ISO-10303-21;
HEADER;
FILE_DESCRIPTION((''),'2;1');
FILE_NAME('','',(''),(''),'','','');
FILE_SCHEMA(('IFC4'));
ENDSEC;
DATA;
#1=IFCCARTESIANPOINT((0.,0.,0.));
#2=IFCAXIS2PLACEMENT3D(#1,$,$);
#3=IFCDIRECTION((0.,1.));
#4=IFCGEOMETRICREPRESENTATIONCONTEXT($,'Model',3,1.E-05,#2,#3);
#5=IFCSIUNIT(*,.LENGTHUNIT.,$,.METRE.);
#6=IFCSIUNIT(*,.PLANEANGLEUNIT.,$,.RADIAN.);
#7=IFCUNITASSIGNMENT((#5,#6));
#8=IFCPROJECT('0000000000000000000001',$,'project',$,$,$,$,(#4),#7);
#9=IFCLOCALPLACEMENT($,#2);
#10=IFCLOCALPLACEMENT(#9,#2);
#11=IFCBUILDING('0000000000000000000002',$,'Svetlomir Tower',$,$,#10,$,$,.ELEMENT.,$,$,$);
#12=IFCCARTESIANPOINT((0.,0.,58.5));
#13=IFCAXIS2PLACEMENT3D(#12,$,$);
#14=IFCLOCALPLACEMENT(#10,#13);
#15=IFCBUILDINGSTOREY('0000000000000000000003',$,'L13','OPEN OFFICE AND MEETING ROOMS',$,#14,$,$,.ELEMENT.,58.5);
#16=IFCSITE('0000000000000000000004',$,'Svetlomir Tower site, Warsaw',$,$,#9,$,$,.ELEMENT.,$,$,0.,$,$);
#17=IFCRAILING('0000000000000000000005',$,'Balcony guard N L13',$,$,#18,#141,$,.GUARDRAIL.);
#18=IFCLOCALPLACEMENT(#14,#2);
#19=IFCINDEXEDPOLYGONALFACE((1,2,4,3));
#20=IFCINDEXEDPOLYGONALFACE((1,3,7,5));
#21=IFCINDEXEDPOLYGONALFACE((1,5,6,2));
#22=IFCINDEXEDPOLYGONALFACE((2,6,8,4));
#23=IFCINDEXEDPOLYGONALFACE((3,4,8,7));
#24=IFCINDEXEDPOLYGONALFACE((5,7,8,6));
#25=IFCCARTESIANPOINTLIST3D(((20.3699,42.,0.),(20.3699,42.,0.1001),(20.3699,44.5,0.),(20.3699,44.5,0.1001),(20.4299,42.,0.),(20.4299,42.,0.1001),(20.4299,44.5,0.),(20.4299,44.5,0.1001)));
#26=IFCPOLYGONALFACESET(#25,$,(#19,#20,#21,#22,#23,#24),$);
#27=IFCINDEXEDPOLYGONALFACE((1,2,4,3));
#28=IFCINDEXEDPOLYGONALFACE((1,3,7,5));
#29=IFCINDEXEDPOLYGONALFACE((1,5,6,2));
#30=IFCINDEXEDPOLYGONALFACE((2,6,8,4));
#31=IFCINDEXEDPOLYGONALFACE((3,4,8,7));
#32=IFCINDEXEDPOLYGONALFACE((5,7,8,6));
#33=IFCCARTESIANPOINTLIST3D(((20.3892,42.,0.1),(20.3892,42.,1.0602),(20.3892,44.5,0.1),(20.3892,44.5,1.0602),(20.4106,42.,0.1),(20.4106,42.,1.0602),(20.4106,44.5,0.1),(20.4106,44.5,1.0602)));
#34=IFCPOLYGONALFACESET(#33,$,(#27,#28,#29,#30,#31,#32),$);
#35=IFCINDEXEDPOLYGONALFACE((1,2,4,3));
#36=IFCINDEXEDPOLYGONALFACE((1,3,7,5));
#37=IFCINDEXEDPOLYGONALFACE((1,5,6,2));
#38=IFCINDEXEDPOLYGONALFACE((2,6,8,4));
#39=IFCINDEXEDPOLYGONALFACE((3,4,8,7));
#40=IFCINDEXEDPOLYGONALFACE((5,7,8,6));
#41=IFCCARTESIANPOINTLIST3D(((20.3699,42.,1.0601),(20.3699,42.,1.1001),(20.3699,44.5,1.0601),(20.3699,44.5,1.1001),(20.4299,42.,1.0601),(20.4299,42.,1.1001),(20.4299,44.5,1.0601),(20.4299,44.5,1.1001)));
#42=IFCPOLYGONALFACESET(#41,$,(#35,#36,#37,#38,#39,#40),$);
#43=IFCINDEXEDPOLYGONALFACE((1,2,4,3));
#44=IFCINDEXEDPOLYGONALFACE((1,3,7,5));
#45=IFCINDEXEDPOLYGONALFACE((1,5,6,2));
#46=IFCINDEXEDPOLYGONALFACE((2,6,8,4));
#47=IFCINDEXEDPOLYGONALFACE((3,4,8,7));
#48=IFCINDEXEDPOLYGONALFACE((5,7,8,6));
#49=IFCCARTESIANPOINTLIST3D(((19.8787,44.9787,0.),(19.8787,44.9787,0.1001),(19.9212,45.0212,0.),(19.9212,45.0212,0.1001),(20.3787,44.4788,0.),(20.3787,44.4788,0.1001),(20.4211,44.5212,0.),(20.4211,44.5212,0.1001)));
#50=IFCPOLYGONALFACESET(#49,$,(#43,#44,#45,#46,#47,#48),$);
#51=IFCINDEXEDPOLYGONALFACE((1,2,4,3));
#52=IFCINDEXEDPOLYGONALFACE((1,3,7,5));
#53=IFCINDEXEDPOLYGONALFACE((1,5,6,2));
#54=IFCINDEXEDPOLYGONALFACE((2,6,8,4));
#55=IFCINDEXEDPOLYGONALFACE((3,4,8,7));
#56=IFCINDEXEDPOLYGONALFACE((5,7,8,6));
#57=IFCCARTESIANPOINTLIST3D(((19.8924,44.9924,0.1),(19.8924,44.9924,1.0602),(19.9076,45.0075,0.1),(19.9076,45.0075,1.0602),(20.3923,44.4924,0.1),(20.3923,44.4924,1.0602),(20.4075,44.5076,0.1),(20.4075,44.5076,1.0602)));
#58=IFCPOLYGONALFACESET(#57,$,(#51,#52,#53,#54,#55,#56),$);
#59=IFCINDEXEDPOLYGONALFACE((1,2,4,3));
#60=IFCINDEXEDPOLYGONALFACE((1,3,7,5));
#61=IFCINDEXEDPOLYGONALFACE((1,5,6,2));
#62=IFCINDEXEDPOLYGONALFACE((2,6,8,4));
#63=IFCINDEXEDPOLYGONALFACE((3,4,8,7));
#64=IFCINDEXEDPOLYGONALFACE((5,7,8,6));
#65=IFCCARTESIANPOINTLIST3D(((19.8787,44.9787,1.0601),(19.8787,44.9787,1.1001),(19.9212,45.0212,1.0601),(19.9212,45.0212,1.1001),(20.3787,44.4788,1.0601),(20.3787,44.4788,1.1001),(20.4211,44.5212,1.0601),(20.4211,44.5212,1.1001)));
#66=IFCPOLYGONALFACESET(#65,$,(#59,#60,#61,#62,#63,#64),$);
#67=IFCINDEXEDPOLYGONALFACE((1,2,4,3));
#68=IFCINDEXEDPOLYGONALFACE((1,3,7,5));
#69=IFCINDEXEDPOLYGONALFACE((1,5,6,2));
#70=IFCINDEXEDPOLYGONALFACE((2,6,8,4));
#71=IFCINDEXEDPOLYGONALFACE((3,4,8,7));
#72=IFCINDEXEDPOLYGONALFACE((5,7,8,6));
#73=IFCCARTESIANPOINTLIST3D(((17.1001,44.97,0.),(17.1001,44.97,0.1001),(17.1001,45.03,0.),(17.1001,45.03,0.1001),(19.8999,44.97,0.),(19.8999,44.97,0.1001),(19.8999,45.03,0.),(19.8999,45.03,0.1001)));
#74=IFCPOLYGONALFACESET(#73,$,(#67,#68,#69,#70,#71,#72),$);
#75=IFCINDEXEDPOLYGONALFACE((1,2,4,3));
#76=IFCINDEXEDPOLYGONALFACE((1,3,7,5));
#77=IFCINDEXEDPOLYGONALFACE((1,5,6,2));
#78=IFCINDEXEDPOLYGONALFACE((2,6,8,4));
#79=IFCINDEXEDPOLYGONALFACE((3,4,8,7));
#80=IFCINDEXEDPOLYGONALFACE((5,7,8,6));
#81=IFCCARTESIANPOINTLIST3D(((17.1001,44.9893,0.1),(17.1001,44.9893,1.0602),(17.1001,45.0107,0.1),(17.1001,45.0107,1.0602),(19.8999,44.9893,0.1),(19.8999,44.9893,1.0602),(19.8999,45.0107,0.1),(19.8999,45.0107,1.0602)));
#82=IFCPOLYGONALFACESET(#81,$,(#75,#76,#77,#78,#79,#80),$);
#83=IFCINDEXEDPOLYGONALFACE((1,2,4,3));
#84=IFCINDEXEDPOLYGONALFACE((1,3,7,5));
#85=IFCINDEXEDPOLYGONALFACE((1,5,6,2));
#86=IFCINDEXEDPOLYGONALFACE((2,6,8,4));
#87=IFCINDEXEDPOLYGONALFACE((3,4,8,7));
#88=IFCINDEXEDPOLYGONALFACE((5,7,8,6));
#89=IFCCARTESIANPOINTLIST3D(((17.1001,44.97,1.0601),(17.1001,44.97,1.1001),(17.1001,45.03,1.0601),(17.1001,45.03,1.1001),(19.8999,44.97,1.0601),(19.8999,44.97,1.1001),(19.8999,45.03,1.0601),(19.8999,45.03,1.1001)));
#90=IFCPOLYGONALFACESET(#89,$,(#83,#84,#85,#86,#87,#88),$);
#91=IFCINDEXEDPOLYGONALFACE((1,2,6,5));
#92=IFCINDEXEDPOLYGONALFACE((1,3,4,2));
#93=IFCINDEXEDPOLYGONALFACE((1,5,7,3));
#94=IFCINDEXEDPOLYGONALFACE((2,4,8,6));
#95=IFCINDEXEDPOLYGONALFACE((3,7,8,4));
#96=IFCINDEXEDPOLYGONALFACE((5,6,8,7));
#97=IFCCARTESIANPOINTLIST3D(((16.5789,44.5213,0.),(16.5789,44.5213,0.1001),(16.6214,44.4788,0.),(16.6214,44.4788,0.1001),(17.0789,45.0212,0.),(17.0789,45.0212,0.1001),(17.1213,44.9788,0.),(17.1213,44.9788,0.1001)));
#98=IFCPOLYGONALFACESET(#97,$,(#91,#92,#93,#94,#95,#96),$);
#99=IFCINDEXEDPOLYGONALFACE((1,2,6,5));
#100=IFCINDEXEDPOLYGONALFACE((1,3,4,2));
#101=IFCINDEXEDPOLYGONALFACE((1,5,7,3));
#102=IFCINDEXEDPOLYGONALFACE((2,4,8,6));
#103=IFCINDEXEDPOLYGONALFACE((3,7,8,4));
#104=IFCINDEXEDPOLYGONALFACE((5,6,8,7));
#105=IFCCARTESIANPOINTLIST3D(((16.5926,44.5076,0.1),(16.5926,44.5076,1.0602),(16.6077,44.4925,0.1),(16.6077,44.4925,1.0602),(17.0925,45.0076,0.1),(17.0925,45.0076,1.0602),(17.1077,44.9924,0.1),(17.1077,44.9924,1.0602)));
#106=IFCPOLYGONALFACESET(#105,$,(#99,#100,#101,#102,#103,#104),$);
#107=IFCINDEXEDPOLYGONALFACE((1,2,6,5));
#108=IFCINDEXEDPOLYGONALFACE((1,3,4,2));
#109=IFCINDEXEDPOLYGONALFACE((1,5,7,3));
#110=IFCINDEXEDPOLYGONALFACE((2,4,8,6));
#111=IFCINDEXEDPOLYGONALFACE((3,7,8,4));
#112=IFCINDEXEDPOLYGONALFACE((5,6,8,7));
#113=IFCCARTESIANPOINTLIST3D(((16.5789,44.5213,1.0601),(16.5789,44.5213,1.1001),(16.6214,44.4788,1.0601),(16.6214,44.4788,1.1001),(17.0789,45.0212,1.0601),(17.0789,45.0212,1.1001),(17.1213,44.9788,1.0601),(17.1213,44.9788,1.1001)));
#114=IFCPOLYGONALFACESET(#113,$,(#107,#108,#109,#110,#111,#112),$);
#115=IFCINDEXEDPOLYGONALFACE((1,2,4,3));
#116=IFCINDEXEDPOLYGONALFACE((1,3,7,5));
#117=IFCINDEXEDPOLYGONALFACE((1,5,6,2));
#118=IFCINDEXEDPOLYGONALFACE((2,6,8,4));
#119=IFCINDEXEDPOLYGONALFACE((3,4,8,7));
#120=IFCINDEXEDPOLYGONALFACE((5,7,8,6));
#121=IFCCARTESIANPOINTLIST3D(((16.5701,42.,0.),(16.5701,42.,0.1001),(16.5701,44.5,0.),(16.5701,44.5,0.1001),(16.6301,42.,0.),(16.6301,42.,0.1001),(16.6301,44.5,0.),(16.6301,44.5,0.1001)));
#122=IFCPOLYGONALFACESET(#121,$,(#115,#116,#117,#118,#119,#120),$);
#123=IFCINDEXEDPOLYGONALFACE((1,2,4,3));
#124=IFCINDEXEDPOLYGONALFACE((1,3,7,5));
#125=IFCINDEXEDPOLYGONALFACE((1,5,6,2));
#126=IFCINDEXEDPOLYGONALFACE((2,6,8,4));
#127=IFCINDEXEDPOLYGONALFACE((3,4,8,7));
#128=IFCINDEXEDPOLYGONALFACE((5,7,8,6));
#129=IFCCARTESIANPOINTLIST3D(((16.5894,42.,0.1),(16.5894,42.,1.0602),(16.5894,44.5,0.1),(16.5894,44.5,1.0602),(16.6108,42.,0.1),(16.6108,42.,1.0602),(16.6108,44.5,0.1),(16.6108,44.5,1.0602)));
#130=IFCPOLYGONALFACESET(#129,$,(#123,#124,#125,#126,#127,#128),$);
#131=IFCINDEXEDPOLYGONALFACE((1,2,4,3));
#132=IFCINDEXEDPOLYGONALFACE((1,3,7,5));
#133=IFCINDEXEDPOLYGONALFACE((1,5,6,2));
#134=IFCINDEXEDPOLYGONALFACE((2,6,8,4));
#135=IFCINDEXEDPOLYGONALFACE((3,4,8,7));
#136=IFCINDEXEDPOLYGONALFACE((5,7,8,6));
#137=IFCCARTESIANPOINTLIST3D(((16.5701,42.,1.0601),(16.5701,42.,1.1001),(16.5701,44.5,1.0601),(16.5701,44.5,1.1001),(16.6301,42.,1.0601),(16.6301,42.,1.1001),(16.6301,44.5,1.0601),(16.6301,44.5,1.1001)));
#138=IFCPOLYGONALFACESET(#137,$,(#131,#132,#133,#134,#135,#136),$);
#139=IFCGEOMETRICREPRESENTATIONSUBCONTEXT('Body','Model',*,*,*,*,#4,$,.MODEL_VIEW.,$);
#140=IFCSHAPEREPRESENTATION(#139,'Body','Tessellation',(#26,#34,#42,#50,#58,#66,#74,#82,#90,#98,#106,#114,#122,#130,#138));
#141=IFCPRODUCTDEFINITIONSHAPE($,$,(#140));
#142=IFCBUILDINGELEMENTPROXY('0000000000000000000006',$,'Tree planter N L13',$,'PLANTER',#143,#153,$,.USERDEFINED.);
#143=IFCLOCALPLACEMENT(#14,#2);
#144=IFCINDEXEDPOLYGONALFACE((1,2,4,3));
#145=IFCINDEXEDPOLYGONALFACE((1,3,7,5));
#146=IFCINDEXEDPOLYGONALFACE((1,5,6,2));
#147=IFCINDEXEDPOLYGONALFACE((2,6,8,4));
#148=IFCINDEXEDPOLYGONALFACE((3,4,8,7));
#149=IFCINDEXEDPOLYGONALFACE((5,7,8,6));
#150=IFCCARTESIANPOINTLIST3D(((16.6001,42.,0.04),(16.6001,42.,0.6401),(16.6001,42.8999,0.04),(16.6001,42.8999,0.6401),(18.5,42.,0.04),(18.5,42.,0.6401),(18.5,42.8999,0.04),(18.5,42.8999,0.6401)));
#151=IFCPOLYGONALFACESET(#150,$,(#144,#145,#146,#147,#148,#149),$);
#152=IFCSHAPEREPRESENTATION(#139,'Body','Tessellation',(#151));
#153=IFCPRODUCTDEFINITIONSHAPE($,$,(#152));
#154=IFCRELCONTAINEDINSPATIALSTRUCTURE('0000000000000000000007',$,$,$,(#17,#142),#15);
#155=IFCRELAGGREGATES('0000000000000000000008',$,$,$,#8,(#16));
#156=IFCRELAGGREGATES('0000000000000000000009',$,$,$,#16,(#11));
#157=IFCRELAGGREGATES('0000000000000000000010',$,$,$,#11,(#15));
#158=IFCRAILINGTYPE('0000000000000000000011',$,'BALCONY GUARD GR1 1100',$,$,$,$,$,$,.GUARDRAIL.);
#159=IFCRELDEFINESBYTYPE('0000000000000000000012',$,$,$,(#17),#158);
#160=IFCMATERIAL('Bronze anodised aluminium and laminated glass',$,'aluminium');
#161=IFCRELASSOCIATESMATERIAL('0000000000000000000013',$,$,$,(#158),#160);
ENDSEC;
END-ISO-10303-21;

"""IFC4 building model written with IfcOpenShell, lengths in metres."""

from ifc_helpers import new_model, si_unit, direction, frame, origin, origin_2d, place, context, subcontext, project, spatial, rectangle, extrude, material, type_object, element, save


model = new_model("IFC4")

# Units and contexts
model_context = context("Model", 3, precision=1e-05, world=origin(), true_north=direction((0.0, 1.0)))
body_context = subcontext(model_context, "Body", "Model", "MODEL_VIEW")
ifc_project = project(units=[si_unit("LENGTHUNIT", "METRE"), si_unit("PLANEANGLEUNIT", "RADIAN")], contexts=[model_context])

# Site, building, storey
site_placement = place(None, origin())
site = spatial("IfcSite", under=ifc_project, at=site_placement, Name="Svetlomir Tower site, Warsaw", CompositionType="ELEMENT", RefElevation=0.0)
building_placement = place(site_placement, origin())
building = spatial("IfcBuilding", under=site, at=building_placement, Name="Svetlomir Tower", CompositionType="ELEMENT")
storey_placement = place(building_placement, frame((0.0, 0.0, 58.5)))
storey = spatial("IfcBuildingStorey", under=building, at=storey_placement, Name="L13", Description="OPEN OFFICE AND MEETING ROOMS", CompositionType="ELEMENT", Elevation=58.5)

# Railing
ifc_material_1 = material(Name="Bronze anodised aluminium and laminated glass", Category="aluminium")
railing_type = type_object("IfcRailingType", Name="BALCONY GUARD GR1 1100", PredefinedType="GUARDRAIL", material=ifc_material_1)
railing_placement = place(storey_placement, frame((20.3999, 42.0, 0.0)))
element("IfcRailing", 1, at=railing_placement, inside=storey, type_object=railing_type, Name="Balcony guard N L13", PredefinedType="GUARDRAIL", context=body_context, shape_type="SweptSolid", body=[
    extrude(rectangle(XDim=0.0601, YDim=0.1001, at=origin_2d()), frame((0.0, 0.0, 0.05), z_axis=(0.0, 1.0, 0.0), x_axis=(-1.0, 0.0, 0.0)), (0.0, 0.0, 1.0), 2.5),
    extrude(rectangle(XDim=0.0215, YDim=0.9602, at=origin_2d()), frame((0.0, 0.0, 0.5801), z_axis=(0.0, 1.0, 0.0), x_axis=(-1.0, 0.0, 0.0)), (0.0, 0.0, 1.0), 2.5),
    extrude(rectangle(XDim=0.0601, YDim=0.04, at=origin_2d()), frame((0.0, 0.0, 1.0801), z_axis=(0.0, 1.0, 0.0), x_axis=(-1.0, 0.0, 0.0)), (0.0, 0.0, 1.0), 2.5),
    extrude(rectangle(XDim=0.0601, YDim=0.1001, at=origin_2d()), frame((0.0, 2.5, 0.05), z_axis=(-0.707107, 0.707107, 0.0), x_axis=(-0.707107, -0.707107, 0.0)), (0.0, 0.0, 1.0), 0.707),
    extrude(rectangle(XDim=0.0215, YDim=0.9602, at=origin_2d()), frame((0.0, 2.5, 0.5801), z_axis=(-0.707107, 0.707107, 0.0), x_axis=(-0.707107, -0.707107, 0.0)), (0.0, 0.0, 1.0), 0.707),
    extrude(rectangle(XDim=0.0601, YDim=0.04, at=origin_2d()), frame((0.0, 2.5, 1.0801), z_axis=(-0.707107, 0.707107, 0.0), x_axis=(-0.707107, -0.707107, 0.0)), (0.0, 0.0, 1.0), 0.707),
    extrude(rectangle(XDim=0.0601, YDim=0.1001, at=origin_2d()), frame((-0.5, 3.0, 0.05), z_axis=(-1.0, 0.0, 0.0), x_axis=(0.0, -1.0, 0.0)), (0.0, 0.0, 1.0), 2.7998),
    extrude(rectangle(XDim=0.0215, YDim=0.9602, at=origin_2d()), frame((-0.5, 3.0, 0.5801), z_axis=(-1.0, 0.0, 0.0), x_axis=(0.0, -1.0, 0.0)), (0.0, 0.0, 1.0), 2.7998),
    extrude(rectangle(XDim=0.0601, YDim=0.04, at=origin_2d()), frame((-0.5, 3.0, 1.0801), z_axis=(-1.0, 0.0, 0.0), x_axis=(0.0, -1.0, 0.0)), (0.0, 0.0, 1.0), 2.7998),
    extrude(rectangle(XDim=0.0601, YDim=0.1001, at=origin_2d()), frame((-3.2998, 3.0, 0.05), z_axis=(-0.707107, -0.707107, 0.0), x_axis=(0.707107, -0.707107, 0.0)), (0.0, 0.0, 1.0), 0.707),
    extrude(rectangle(XDim=0.0215, YDim=0.9602, at=origin_2d()), frame((-3.2998, 3.0, 0.5801), z_axis=(-0.707107, -0.707107, 0.0), x_axis=(0.707107, -0.707107, 0.0)), (0.0, 0.0, 1.0), 0.707),
    extrude(rectangle(XDim=0.0601, YDim=0.04, at=origin_2d()), frame((-3.2998, 3.0, 1.0801), z_axis=(-0.707107, -0.707107, 0.0), x_axis=(0.707107, -0.707107, 0.0)), (0.0, 0.0, 1.0), 0.707),
    extrude(rectangle(XDim=0.0601, YDim=0.1001, at=origin_2d()), frame((-3.7998, 2.5, 0.05), z_axis=(0.0, -1.0, 0.0), x_axis=(1.0, 0.0, 0.0)), (0.0, 0.0, 1.0), 2.5),
    extrude(rectangle(XDim=0.0215, YDim=0.9602, at=origin_2d()), frame((-3.7998, 2.5, 0.5801), z_axis=(0.0, -1.0, 0.0), x_axis=(1.0, 0.0, 0.0)), (0.0, 0.0, 1.0), 2.5),
    extrude(rectangle(XDim=0.0601, YDim=0.04, at=origin_2d()), frame((-3.7998, 2.5, 1.0801), z_axis=(0.0, -1.0, 0.0), x_axis=(1.0, 0.0, 0.0)), (0.0, 0.0, 1.0), 2.5),
])

# Building element proxy
proxy_placement = place(storey_placement, frame((17.55, 42.45, 0.04), z_axis=(0.0, 0.0, 1.0), x_axis=(1.0, 0.0, 0.0)))
element("IfcBuildingElementProxy", 2, at=proxy_placement, inside=storey, Name="Tree planter N L13", ObjectType="PLANTER", PredefinedType="USERDEFINED", context=body_context, shape_type="SweptSolid", body=[
    extrude(rectangle(XDim=1.8999, YDim=0.8999, at=origin_2d()), origin(), (0.0, 0.0, 1.0), 0.6001),
])

save(model, "model.ifc")
